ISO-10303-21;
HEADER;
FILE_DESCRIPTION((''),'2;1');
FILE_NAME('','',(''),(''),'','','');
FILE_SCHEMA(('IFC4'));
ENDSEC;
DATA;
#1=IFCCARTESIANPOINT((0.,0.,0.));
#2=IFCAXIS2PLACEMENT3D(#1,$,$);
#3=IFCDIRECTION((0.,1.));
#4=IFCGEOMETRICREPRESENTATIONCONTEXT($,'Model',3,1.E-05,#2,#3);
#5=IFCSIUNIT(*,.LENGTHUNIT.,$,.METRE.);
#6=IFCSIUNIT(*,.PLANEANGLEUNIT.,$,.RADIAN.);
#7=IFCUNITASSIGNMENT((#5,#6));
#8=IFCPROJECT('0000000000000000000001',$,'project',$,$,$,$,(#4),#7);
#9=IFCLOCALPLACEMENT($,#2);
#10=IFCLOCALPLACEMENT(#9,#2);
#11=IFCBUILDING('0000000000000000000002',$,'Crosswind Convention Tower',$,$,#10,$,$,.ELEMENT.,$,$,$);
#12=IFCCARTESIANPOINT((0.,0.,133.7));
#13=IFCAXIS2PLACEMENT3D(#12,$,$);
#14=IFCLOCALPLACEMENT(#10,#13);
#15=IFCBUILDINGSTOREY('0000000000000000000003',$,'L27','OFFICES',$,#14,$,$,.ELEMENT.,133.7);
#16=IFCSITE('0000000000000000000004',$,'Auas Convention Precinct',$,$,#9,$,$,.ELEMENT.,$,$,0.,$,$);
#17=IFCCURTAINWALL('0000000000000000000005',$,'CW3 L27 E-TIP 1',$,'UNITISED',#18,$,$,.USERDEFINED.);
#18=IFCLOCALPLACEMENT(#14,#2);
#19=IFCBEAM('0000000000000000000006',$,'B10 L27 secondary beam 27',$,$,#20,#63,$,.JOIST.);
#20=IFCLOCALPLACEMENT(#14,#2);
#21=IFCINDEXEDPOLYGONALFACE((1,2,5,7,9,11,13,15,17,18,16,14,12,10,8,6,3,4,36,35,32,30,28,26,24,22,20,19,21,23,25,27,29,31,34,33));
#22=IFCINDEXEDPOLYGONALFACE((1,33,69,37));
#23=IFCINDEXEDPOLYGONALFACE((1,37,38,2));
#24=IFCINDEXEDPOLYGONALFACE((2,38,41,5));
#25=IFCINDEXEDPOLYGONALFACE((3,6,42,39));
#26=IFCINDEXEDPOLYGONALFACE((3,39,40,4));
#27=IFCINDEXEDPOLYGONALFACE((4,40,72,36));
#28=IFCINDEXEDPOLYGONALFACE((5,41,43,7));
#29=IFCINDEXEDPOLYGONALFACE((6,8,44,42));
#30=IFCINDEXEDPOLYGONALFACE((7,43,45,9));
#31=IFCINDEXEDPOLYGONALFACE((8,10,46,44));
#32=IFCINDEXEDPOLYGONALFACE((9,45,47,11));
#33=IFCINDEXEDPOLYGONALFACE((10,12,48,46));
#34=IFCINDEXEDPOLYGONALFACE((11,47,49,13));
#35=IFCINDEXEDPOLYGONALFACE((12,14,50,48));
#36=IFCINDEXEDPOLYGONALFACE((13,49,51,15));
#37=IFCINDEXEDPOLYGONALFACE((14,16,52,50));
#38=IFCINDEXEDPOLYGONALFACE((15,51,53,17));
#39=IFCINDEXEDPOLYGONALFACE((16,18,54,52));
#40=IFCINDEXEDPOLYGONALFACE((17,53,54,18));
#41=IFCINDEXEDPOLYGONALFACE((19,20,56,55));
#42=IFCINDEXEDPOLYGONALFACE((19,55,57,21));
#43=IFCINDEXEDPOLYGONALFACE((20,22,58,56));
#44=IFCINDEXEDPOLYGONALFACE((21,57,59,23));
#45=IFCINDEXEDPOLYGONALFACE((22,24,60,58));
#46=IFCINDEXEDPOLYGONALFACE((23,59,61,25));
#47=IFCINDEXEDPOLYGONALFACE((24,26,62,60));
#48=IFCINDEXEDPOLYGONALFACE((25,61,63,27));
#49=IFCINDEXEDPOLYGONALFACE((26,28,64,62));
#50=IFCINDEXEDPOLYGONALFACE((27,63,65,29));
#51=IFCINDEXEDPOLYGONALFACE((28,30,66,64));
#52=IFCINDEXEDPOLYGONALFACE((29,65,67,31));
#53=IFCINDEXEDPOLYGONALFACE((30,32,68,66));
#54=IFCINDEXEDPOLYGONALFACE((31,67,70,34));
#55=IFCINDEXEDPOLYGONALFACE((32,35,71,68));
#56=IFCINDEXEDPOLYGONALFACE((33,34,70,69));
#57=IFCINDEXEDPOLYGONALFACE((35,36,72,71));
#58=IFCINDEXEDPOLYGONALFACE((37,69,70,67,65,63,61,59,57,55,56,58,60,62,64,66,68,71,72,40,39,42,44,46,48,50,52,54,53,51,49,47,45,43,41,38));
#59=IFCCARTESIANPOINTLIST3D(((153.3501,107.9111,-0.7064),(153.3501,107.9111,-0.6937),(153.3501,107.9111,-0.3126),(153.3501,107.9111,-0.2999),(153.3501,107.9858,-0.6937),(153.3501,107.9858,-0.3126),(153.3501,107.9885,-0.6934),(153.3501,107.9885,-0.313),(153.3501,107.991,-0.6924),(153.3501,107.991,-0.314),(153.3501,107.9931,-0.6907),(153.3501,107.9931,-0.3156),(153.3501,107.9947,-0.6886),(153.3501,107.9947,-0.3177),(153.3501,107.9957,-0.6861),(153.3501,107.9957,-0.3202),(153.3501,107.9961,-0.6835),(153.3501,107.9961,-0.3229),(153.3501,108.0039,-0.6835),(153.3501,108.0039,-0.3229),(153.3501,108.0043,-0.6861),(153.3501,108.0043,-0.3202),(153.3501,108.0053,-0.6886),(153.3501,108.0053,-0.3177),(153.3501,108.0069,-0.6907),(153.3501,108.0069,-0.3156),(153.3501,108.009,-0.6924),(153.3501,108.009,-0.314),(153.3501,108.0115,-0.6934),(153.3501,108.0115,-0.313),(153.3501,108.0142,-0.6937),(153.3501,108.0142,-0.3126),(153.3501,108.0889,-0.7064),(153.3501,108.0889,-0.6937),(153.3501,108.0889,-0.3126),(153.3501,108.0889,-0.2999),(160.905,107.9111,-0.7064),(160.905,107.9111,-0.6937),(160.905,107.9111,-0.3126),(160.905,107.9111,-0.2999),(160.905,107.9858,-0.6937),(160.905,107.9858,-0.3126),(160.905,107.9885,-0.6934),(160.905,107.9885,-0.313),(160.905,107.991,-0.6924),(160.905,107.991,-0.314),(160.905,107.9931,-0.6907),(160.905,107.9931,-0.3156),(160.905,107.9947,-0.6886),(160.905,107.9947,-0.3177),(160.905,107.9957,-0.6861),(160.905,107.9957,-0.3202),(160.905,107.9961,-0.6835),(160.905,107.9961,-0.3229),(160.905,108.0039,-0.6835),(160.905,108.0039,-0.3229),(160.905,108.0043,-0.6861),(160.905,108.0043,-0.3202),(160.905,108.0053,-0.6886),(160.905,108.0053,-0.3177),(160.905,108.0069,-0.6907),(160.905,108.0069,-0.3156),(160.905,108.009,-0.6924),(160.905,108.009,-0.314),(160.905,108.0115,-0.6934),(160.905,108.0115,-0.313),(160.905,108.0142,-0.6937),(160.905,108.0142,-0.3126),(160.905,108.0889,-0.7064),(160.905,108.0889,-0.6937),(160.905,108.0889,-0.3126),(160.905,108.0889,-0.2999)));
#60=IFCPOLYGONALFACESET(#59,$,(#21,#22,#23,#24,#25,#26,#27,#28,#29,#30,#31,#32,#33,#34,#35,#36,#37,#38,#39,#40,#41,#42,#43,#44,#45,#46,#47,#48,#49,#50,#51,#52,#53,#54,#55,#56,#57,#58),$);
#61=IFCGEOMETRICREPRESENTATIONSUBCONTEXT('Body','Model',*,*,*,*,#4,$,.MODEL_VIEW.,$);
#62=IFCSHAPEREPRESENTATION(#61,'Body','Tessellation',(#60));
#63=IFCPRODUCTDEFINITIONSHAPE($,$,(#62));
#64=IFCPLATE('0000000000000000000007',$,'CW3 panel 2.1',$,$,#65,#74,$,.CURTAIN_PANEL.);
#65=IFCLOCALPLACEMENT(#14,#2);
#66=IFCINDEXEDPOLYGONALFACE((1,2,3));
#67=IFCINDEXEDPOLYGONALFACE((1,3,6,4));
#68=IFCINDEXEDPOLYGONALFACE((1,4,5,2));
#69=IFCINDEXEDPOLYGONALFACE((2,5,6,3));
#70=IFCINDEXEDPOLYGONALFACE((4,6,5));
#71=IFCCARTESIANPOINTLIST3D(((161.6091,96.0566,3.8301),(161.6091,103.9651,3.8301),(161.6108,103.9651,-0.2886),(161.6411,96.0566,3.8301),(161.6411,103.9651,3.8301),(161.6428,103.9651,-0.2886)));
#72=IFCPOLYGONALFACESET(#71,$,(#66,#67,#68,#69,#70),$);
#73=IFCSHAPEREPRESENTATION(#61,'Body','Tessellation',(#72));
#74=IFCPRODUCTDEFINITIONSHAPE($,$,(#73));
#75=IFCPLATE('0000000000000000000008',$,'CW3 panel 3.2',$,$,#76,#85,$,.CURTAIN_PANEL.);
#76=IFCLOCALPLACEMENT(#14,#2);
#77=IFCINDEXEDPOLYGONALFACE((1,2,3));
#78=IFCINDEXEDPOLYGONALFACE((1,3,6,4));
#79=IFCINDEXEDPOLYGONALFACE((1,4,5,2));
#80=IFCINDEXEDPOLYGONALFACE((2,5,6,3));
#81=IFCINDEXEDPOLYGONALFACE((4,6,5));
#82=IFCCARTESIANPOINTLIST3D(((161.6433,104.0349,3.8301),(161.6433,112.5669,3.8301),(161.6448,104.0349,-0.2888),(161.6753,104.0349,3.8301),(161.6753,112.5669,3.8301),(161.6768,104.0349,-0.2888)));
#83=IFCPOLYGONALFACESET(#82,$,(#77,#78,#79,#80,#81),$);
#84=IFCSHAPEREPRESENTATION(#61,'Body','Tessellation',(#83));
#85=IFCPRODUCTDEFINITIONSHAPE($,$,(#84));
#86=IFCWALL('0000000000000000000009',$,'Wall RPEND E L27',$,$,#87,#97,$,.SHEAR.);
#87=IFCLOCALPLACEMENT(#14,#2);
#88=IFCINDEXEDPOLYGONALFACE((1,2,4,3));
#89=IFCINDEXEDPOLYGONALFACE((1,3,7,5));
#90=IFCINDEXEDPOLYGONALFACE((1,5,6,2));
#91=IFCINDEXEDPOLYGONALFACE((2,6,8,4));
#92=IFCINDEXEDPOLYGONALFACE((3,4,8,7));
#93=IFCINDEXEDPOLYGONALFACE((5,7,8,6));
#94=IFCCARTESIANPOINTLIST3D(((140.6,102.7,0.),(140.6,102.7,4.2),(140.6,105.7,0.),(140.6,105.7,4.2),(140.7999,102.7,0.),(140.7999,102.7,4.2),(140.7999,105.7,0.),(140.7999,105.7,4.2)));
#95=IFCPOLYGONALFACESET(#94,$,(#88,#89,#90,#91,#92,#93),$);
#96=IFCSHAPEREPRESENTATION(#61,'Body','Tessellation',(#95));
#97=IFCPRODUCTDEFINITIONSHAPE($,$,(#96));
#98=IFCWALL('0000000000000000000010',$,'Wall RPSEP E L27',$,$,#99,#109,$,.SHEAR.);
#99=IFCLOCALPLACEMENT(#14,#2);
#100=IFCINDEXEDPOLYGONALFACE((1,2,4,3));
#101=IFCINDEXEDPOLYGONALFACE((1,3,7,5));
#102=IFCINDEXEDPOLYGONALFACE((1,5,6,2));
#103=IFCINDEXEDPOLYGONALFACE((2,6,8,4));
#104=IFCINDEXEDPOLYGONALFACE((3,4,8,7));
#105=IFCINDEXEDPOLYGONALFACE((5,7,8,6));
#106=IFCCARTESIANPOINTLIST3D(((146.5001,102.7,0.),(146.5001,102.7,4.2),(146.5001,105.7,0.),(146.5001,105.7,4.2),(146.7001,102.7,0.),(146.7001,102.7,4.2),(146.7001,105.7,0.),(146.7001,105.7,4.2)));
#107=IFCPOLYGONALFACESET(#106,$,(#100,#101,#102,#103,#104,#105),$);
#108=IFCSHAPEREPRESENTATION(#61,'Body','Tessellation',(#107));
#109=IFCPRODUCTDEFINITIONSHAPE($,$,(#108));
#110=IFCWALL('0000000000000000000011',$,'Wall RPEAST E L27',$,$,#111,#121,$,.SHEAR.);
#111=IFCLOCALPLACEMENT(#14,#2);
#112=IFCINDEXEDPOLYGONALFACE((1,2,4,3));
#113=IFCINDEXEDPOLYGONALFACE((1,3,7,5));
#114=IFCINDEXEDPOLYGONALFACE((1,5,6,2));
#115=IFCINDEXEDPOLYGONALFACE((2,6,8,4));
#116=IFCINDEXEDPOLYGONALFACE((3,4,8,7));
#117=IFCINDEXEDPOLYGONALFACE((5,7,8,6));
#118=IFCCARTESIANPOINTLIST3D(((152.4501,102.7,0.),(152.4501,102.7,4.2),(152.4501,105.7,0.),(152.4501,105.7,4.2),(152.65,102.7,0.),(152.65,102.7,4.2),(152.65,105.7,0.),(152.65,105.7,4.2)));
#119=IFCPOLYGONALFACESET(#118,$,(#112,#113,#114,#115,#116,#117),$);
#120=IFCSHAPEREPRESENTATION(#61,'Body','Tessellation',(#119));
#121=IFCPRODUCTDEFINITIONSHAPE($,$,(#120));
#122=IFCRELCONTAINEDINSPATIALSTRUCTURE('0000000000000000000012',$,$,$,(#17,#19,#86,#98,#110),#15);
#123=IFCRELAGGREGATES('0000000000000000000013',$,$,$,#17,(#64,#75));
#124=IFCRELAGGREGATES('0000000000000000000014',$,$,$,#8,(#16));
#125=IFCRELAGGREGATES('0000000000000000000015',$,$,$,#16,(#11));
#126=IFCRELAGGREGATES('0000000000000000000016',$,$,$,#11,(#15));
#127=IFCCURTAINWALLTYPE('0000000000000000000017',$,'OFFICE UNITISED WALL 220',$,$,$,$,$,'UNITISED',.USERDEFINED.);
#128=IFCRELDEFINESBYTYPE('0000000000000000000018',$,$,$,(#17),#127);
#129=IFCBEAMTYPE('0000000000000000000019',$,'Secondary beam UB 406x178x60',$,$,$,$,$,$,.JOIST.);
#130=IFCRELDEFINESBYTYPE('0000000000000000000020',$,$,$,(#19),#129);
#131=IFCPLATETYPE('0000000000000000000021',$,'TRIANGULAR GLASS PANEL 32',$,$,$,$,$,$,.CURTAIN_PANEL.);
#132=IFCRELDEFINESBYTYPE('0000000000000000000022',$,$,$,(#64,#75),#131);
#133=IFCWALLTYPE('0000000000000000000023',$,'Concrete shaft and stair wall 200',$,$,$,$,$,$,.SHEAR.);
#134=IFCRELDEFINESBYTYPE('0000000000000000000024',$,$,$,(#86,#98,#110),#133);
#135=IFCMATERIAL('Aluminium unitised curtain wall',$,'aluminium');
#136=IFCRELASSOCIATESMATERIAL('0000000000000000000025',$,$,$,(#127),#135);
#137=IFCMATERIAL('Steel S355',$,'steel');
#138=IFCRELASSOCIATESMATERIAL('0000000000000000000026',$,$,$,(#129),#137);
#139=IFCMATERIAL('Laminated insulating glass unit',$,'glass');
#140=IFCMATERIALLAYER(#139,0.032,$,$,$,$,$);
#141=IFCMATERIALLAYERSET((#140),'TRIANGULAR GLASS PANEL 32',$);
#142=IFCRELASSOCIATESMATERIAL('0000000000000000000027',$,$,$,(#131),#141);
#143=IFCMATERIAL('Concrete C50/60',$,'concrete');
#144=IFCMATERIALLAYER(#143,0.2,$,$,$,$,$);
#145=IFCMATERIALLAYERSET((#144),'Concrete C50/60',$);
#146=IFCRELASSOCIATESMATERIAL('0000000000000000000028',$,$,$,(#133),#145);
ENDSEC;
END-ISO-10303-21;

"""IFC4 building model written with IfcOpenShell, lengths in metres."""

from ifc_helpers import new_model, si_unit, direction, frame, frame_2d, origin, origin_2d, place, context, subcontext, project, spatial, polyline, rectangle, i_section, outline, extrude, material, layer, layer_set, material_profile, profile_set, type_object, element, aggregate, save


model = new_model("IFC4")

# Units and contexts
model_context = context("Model", 3, precision=1e-05, world=origin(), true_north=direction((0.0, 1.0)))
body_context = subcontext(model_context, "Body", "Model", "MODEL_VIEW")
ifc_project = project(units=[si_unit("LENGTHUNIT", "METRE"), si_unit("PLANEANGLEUNIT", "RADIAN")], contexts=[model_context])

# Site, building, storey
site_placement = place(None, origin())
site = spatial("IfcSite", under=ifc_project, at=site_placement, Name="Auas Convention Precinct", CompositionType="ELEMENT", RefElevation=0.0)
building_placement = place(site_placement, origin())
building = spatial("IfcBuilding", under=site, at=building_placement, Name="Crosswind Convention Tower", CompositionType="ELEMENT")
storey_placement = place(building_placement, frame((0.0, 0.0, 133.7)))
storey = spatial("IfcBuildingStorey", under=building, at=storey_placement, Name="L27", Description="OFFICES", CompositionType="ELEMENT", Elevation=133.7)

# Shared definitions
ifc_material_1 = material(Name="Steel S355", Category="steel")

# Curtain wall
ifc_material_2 = material(Name="Aluminium unitised curtain wall", Category="aluminium")
curtain_wall_type = type_object("IfcCurtainWallType", Name="OFFICE UNITISED WALL 220", ElementType="UNITISED", PredefinedType="USERDEFINED", material=ifc_material_2)
curtain_wall_placement = place(storey_placement, origin())
curtain_wall = element("IfcCurtainWall", 1, at=curtain_wall_placement, inside=storey, type_object=curtain_wall_type, Name="CW3 L27 E-TIP 1", ObjectType="UNITISED", PredefinedType="USERDEFINED")

# Beam
ifc_material_profile_1 = material_profile(ifc_material_1, i_section(OverallWidth=0.1777, OverallDepth=0.4065, WebThickness=0.0078, FlangeThickness=0.0127, FilletRadius=0.0103, at=origin_2d()), Name="UB 406x178x60")
ifc_profile_set_1 = profile_set([ifc_material_profile_1], Name="Steel S355")
beam_type_1 = type_object("IfcBeamType", Name="Secondary beam UB 406x178x60", PredefinedType="JOIST", material=ifc_profile_set_1)
for number, where, z_axis, x_axis, name in (
    (2, (153.3501, 108.0, -0.5032), (1.0, 0.0, 0.0), (0.0, 1.0, 0.0), "B10 L27 secondary beam 27"),
):
    element("IfcBeam", number, at=place(storey_placement, frame(where, z_axis=z_axis, x_axis=x_axis)), inside=storey, type_object=beam_type_1, Name=name, PredefinedType="JOIST", context=body_context, shape_type="SweptSolid", body=[
        extrude(i_section(OverallWidth=0.1777, OverallDepth=0.4065, WebThickness=0.0078, FlangeThickness=0.0127, FilletRadius=0.0103, at=origin_2d()), origin(), (0.0, 0.0, 1.0), 7.5549),
    ])

# Plates
ifc_material_3 = material(Name="Laminated insulating glass unit", Category="glass")
ifc_layer_1 = layer(ifc_material_3, 0.032)
ifc_layer_set_1 = layer_set([ifc_layer_1], Name="TRIANGULAR GLASS PANEL 32")
plate_type = type_object("IfcPlateType", Name="TRIANGULAR GLASS PANEL 32", PredefinedType="CURTAIN_PANEL", material=ifc_layer_set_1)
plate_1_placement = place(storey_placement, frame((161.6411, 103.9651, 3.8301), z_axis=(1.0, 0.0, 0.000415), x_axis=(0.0, -1.0, 0.0)))
plate_1 = element("IfcPlate", 3, at=plate_1_placement, type_object=plate_type, Name="CW3 panel 2.1", PredefinedType="CURTAIN_PANEL", context=body_context, shape_type="SweptSolid", body=[
    extrude(outline(polyline([(0.0, 0.0), (7.9084, 0.0), (0.0, 4.1187), (0.0, 0.0)])), origin(), (0.0, 0.0, -1.0), 0.032),
])
plate_2_placement = place(storey_placement, frame((161.6753, 104.0349, 3.8301), z_axis=(1.0, 0.0, 0.000356), x_axis=(0.000356, 0.0, -1.0)))
plate_2 = element("IfcPlate", 4, at=plate_2_placement, type_object=plate_type, Name="CW3 panel 3.2", PredefinedType="CURTAIN_PANEL", context=body_context, shape_type="SweptSolid", body=[
    extrude(outline(polyline([(0.0, 0.0), (4.1189, 0.0), (0.0, 8.532), (0.0, 0.0)])), origin(), (0.0, 0.0, -1.0), 0.032),
])
aggregate(curtain_wall, [plate_1, plate_2])

# Walls
ifc_material_4 = material(Name="Concrete C50/60", Category="concrete")
ifc_layer_2 = layer(ifc_material_4, 0.2)
ifc_layer_set_2 = layer_set([ifc_layer_2], Name="Concrete C50/60")
wall_type_1 = type_object("IfcWallType", Name="Concrete shaft and stair wall 200", PredefinedType="SHEAR", material=ifc_layer_set_2)
for number, where, z_axis, x_axis, name in (
    (5, (140.7, 102.7, 0.0), (0.0, 0.0, 1.0), (0.0, 1.0, 0.0), "Wall RPEND E L27"),
    (6, (146.6001, 102.7, 0.0), (0.0, 0.0, 1.0), (0.0, 1.0, 0.0), "Wall RPSEP E L27"),
    (7, (152.55, 102.7, 0.0), (0.0, 0.0, 1.0), (0.0, 1.0, 0.0), "Wall RPEAST E L27"),
):
    element("IfcWall", number, at=place(storey_placement, frame(where, z_axis=z_axis, x_axis=x_axis)), inside=storey, type_object=wall_type_1, Name=name, PredefinedType="SHEAR", context=body_context, shape_type="SweptSolid", body=[
        extrude(rectangle(XDim=3.0, YDim=0.2, at=frame_2d((1.5, 0.0))), origin(), (0.0, 0.0, 1.0), 4.2),
    ])

save(model, "model.ifc")
